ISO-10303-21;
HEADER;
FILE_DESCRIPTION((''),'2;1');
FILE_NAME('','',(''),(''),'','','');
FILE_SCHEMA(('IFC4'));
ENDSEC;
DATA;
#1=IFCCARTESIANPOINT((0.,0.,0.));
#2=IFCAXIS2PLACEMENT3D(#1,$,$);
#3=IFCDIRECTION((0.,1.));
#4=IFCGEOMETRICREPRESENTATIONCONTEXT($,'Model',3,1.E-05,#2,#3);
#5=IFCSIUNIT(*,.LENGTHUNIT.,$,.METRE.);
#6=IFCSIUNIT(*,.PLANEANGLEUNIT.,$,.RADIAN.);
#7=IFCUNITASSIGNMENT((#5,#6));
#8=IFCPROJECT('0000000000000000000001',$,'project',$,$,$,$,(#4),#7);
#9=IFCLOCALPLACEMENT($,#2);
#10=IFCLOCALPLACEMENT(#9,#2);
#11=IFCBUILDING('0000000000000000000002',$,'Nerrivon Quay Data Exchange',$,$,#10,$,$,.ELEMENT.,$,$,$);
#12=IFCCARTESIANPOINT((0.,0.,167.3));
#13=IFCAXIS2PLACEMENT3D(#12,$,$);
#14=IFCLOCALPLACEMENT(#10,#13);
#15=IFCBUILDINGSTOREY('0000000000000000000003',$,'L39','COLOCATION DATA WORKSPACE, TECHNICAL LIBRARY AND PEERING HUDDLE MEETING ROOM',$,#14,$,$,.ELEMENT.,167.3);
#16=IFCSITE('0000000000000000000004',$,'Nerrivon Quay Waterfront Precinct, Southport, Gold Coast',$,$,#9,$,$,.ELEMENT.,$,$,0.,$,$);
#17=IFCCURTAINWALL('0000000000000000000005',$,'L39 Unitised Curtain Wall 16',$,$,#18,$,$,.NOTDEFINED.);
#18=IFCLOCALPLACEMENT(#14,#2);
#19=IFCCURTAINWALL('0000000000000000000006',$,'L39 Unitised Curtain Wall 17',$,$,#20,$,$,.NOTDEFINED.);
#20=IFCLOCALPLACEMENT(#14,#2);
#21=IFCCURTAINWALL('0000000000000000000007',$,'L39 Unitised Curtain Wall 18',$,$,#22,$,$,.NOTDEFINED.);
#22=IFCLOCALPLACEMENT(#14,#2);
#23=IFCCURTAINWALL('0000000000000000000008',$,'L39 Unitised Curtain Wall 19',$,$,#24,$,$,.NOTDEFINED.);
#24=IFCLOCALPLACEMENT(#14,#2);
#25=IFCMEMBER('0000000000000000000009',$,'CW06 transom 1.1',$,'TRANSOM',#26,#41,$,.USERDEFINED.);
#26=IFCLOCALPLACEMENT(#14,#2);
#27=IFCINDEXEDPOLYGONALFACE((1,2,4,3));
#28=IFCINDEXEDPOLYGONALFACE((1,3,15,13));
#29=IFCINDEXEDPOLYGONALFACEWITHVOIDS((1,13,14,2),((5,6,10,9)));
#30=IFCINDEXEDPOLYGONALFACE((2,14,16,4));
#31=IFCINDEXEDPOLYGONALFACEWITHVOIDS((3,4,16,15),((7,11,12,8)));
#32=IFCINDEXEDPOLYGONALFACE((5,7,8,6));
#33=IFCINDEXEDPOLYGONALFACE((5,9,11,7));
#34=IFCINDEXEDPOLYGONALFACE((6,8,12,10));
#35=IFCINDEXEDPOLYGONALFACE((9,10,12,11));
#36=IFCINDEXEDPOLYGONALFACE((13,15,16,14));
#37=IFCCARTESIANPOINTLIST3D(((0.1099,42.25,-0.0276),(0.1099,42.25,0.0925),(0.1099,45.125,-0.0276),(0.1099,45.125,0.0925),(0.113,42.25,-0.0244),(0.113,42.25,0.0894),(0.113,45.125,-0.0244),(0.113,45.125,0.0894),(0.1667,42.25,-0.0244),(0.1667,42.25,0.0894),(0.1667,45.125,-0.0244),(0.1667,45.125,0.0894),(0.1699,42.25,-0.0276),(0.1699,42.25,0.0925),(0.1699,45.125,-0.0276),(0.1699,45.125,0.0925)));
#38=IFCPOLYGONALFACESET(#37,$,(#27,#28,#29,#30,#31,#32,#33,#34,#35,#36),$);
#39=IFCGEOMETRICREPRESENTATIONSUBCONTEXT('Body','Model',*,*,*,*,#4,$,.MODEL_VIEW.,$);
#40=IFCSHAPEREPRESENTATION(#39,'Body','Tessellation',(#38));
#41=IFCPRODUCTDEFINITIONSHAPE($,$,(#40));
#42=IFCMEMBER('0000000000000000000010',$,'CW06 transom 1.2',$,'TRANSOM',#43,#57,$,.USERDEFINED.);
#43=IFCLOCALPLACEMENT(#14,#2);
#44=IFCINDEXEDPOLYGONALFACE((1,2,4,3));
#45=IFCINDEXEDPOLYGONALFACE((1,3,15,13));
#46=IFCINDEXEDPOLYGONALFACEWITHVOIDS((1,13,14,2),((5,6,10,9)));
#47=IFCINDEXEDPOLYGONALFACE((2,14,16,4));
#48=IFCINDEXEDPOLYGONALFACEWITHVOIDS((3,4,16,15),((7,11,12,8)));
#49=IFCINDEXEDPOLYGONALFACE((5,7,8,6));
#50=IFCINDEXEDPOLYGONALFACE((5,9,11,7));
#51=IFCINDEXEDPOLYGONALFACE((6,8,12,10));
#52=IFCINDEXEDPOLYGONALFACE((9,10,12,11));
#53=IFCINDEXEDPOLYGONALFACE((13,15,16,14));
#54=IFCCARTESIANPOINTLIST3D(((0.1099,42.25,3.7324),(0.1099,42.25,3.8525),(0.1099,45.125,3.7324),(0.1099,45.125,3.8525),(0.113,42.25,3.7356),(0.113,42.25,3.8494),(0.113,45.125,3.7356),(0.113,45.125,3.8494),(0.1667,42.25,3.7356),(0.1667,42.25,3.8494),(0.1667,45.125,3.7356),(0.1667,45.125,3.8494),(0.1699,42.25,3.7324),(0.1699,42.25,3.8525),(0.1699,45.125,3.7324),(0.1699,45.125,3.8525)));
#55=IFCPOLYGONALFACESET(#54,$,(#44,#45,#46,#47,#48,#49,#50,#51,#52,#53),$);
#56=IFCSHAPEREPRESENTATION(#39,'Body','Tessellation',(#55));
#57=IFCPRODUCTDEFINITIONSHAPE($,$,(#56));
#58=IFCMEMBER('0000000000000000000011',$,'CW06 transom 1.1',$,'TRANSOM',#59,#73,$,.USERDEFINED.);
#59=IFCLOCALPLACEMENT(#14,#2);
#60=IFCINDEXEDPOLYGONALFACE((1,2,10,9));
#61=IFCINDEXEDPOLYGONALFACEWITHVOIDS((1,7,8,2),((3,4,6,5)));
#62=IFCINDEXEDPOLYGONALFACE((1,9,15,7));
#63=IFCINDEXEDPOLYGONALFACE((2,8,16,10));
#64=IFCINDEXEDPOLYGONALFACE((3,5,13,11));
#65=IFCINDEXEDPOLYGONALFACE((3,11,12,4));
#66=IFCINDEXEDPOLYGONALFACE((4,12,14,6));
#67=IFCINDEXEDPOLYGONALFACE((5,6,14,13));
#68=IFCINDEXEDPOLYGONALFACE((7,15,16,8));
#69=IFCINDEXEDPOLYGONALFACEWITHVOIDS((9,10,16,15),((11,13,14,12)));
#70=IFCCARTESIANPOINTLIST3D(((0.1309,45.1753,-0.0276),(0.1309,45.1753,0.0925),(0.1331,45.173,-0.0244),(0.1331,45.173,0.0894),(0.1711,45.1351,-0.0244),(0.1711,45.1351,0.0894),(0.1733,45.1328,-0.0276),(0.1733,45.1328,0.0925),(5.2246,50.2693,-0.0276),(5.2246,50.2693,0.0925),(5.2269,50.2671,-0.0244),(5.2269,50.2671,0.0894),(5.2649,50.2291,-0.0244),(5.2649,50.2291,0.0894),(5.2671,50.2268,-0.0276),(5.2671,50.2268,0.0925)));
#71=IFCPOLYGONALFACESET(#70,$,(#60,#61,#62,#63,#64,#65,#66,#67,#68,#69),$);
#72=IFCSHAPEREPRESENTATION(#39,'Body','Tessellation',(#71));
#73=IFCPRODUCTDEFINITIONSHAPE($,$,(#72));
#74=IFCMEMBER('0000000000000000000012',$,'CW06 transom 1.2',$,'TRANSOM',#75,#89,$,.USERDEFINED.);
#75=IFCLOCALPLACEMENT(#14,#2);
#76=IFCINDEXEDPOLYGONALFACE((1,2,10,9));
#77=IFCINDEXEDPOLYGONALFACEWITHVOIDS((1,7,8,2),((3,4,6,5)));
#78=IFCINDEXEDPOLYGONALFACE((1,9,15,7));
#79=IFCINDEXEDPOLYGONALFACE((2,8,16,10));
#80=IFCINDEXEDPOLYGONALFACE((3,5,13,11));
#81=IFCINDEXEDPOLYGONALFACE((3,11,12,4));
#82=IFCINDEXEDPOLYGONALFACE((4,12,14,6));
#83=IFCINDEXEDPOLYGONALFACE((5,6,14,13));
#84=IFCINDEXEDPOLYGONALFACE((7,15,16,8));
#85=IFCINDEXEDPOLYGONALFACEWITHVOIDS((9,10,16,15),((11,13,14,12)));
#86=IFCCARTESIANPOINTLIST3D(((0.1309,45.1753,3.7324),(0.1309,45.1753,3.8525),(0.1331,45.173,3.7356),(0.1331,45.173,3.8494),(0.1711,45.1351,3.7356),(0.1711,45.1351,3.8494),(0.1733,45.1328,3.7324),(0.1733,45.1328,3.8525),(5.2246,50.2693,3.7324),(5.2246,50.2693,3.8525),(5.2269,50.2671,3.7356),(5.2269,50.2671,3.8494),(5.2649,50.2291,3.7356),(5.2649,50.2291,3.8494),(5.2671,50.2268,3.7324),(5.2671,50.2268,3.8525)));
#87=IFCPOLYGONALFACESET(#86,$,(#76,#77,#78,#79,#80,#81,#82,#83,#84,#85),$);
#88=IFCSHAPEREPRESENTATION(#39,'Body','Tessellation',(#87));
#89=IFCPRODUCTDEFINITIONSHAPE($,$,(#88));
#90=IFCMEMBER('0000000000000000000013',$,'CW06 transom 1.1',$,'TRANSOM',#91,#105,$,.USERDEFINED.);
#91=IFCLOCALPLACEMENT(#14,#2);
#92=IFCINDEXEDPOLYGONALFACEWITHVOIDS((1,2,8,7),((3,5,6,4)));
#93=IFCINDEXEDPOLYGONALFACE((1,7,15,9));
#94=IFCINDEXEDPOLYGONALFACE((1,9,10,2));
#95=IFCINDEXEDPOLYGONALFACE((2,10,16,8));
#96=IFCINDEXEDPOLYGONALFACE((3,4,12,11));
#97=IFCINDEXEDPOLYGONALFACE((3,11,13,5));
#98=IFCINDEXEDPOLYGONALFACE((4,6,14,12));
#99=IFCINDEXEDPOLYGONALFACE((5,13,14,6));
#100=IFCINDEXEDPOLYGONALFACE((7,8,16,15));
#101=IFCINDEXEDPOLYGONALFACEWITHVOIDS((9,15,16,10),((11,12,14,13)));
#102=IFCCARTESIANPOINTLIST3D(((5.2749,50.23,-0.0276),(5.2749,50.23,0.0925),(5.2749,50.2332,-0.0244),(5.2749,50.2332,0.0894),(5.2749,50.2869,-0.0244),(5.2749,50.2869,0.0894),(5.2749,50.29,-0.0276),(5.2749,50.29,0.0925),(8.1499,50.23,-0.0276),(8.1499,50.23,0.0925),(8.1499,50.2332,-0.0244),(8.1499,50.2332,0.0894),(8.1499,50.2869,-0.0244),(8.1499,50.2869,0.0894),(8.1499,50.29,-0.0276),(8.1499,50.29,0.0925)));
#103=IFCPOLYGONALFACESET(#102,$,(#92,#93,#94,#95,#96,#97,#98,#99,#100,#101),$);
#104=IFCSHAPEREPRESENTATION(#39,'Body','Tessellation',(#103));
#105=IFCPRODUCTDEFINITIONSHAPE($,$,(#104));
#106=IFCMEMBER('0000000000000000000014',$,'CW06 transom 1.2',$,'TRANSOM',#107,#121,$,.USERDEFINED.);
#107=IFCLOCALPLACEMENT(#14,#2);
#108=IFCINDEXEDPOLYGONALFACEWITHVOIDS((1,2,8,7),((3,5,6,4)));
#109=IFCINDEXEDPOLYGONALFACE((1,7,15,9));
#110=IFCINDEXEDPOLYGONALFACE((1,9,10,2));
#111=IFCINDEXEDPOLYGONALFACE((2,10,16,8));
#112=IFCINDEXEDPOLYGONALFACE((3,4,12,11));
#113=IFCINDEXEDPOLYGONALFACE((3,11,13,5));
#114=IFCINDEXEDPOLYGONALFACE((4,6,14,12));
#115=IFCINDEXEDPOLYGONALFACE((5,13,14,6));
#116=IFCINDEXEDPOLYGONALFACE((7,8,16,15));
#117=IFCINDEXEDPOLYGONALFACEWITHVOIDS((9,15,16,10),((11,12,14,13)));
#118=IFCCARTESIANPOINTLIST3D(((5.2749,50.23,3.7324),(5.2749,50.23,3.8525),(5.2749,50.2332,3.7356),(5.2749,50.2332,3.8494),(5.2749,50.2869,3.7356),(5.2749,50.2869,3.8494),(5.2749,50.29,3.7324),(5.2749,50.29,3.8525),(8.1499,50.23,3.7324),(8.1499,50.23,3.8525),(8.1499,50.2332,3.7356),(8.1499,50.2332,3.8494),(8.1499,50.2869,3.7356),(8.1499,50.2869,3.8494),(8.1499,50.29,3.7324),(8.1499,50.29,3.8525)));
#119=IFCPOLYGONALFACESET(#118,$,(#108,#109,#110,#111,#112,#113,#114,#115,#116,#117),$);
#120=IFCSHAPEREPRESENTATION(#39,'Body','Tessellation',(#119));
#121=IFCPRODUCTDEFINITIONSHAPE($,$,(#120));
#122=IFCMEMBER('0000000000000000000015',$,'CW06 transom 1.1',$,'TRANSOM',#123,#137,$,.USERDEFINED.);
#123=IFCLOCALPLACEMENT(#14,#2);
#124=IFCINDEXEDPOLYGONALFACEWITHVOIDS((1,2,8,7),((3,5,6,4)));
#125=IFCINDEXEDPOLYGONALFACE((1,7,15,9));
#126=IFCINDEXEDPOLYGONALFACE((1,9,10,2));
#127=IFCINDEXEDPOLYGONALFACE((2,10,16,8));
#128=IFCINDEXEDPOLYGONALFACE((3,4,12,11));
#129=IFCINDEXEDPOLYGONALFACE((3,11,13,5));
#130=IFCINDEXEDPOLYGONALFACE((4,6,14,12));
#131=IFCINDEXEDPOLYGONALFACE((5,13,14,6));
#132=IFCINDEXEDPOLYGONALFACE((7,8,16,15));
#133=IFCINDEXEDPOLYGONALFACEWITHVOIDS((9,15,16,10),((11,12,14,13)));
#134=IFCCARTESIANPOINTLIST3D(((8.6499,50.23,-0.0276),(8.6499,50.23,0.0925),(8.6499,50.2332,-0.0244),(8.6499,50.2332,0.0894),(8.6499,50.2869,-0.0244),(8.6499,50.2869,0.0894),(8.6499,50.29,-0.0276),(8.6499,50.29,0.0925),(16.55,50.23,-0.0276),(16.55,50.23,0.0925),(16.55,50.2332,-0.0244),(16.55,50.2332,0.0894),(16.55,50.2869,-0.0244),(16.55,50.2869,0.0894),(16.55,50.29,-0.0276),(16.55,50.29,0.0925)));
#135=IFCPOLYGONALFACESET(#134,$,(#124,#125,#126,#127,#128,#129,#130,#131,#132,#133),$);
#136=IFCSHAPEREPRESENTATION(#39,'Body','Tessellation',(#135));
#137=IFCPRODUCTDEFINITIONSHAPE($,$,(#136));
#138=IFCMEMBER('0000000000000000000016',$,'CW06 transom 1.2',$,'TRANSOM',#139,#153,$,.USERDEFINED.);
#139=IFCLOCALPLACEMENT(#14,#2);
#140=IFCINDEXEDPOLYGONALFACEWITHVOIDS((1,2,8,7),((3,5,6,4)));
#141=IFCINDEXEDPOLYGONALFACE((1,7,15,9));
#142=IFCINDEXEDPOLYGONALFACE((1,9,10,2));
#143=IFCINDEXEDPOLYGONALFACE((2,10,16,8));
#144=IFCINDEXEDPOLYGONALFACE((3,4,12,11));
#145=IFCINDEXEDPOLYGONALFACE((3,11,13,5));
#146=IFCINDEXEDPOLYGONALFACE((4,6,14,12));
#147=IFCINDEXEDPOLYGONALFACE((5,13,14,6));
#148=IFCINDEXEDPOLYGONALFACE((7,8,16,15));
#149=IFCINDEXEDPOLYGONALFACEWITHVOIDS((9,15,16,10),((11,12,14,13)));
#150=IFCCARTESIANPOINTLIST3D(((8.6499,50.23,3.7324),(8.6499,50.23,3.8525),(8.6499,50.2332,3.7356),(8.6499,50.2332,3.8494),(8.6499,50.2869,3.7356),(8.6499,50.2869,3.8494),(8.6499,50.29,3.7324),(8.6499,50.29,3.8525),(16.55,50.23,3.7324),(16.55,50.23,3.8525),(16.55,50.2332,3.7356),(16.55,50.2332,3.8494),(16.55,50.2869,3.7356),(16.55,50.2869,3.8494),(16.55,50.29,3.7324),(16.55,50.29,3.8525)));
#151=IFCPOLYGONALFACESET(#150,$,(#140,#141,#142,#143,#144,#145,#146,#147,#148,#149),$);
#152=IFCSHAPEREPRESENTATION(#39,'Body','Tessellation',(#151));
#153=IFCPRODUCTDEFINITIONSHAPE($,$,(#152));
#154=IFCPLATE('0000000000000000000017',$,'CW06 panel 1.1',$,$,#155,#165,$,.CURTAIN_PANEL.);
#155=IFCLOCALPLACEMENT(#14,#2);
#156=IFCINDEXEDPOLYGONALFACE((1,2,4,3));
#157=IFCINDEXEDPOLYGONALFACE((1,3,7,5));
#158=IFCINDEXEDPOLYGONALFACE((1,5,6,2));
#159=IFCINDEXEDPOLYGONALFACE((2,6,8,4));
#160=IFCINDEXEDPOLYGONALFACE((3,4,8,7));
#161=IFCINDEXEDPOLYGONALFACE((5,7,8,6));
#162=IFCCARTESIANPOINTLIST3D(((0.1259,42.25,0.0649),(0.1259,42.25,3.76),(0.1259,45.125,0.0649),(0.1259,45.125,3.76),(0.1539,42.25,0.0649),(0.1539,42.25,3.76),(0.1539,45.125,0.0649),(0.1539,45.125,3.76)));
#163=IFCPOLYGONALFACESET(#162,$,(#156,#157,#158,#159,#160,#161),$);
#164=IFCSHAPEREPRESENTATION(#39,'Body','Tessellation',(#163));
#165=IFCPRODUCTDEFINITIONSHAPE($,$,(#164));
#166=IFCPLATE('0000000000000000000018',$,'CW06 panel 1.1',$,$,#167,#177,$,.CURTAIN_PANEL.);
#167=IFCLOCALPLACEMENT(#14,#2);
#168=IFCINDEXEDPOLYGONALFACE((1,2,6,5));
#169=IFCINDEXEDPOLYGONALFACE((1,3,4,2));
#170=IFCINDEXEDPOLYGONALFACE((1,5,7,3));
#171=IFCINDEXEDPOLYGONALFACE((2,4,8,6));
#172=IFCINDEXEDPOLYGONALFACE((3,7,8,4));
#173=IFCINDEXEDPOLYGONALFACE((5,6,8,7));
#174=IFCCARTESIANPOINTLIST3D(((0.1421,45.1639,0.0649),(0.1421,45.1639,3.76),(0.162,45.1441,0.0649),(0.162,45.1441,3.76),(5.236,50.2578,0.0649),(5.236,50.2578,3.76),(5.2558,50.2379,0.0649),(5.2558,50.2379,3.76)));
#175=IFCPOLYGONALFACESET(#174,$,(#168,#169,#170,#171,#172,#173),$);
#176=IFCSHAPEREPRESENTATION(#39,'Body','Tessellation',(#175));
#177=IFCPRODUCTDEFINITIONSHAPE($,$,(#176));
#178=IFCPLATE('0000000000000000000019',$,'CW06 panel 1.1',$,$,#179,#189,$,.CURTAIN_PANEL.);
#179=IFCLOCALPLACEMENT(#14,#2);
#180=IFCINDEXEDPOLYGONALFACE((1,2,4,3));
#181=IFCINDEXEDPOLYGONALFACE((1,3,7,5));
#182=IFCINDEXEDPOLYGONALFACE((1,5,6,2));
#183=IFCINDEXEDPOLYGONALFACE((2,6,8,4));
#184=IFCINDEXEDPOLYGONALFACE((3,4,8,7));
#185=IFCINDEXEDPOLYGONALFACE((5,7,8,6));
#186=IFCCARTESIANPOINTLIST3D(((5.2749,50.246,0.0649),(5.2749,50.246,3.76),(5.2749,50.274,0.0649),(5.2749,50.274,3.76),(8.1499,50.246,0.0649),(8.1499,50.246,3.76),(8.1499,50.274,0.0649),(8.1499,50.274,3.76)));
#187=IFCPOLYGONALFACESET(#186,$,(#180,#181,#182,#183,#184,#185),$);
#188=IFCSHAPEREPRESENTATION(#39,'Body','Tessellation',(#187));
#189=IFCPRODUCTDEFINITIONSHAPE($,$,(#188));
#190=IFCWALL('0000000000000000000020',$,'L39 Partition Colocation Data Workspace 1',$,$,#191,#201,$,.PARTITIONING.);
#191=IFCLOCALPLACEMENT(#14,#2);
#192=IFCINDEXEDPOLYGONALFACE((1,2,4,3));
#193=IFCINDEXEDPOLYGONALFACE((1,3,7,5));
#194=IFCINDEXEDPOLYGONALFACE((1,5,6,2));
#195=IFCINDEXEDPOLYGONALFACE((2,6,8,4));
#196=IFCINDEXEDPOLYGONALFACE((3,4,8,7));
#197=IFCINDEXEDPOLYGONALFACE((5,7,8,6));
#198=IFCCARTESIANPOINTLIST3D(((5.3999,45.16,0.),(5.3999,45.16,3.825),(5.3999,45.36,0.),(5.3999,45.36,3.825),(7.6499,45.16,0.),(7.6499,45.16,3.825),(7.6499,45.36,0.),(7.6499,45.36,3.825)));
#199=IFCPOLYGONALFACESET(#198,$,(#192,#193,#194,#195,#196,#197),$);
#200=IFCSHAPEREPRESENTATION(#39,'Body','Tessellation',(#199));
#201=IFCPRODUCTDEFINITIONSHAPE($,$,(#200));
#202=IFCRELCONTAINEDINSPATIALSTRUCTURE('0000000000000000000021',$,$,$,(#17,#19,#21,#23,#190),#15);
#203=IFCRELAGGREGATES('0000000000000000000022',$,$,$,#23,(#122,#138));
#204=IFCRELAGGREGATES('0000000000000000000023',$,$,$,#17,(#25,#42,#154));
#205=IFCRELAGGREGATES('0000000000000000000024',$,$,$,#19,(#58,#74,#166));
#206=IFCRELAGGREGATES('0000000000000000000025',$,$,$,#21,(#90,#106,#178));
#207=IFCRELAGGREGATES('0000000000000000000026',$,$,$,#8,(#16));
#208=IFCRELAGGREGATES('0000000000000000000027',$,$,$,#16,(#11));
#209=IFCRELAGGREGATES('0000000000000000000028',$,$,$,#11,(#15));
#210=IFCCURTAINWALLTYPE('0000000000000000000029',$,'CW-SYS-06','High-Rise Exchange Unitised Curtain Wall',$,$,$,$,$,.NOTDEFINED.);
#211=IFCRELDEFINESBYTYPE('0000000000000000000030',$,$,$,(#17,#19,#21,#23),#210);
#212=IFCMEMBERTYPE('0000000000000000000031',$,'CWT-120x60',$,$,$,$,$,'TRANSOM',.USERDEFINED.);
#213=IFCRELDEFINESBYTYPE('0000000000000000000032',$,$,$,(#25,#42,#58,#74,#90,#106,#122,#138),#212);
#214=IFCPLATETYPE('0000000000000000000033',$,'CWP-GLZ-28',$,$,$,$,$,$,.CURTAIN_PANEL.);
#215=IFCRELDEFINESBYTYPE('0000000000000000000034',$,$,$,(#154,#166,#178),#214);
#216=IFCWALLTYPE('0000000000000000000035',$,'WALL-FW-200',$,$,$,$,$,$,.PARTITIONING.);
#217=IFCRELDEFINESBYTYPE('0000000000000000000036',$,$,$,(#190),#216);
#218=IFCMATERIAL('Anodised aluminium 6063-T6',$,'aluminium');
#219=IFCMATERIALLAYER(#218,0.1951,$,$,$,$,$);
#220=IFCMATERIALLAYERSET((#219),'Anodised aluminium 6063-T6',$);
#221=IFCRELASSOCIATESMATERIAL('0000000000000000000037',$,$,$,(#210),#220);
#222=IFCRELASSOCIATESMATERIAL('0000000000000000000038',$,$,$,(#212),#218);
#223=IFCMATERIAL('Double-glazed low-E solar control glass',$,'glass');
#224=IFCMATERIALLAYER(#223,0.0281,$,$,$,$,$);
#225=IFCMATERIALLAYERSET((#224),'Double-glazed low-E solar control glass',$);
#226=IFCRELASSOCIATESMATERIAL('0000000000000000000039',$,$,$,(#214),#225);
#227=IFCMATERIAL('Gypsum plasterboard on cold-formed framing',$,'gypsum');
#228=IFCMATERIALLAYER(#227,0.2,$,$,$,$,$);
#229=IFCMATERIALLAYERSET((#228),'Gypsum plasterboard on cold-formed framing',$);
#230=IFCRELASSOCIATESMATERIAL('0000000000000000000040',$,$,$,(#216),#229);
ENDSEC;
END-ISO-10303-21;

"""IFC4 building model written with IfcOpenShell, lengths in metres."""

from ifc_helpers import new_model, si_unit, direction, frame, frame_2d, origin, origin_2d, place, context, subcontext, project, spatial, rectangle, hollow_rectangle, extrude, material, layer, layer_set, material_profile, profile_set, type_object, element, aggregate, save


model = new_model("IFC4")

# Units and contexts
model_context = context("Model", 3, precision=1e-05, world=origin(), true_north=direction((0.0, 1.0)))
body_context = subcontext(model_context, "Body", "Model", "MODEL_VIEW")
ifc_project = project(units=[si_unit("LENGTHUNIT", "METRE"), si_unit("PLANEANGLEUNIT", "RADIAN")], contexts=[model_context])

# Site, building, storey
site_placement = place(None, origin())
site = spatial("IfcSite", under=ifc_project, at=site_placement, Name="Nerrivon Quay Waterfront Precinct, Southport, Gold Coast", CompositionType="ELEMENT", RefElevation=0.0)
building_placement = place(site_placement, origin())
building = spatial("IfcBuilding", under=site, at=building_placement, Name="Nerrivon Quay Data Exchange", CompositionType="ELEMENT")
storey_placement = place(building_placement, frame((0.0, 0.0, 167.3)))
storey = spatial("IfcBuildingStorey", under=building, at=storey_placement, Name="L39", Description="COLOCATION DATA WORKSPACE, TECHNICAL LIBRARY AND PEERING HUDDLE MEETING ROOM", CompositionType="ELEMENT", Elevation=167.3)

# Curtain walls
ifc_material_1 = material(Name="Anodised aluminium 6063-T6", Category="aluminium")
ifc_layer_1 = layer(ifc_material_1, 0.1951)
ifc_layer_set_1 = layer_set([ifc_layer_1], Name="Anodised aluminium 6063-T6")
curtain_wall_type = type_object("IfcCurtainWallType", Name="CW-SYS-06", Description="High-Rise Exchange Unitised Curtain Wall", PredefinedType="NOTDEFINED", material=ifc_layer_set_1)
curtain_wall_1_placement = place(storey_placement, origin())
curtain_wall_1 = element("IfcCurtainWall", 1, at=curtain_wall_1_placement, inside=storey, type_object=curtain_wall_type, Name="L39 Unitised Curtain Wall 16", PredefinedType="NOTDEFINED")
curtain_wall_2_placement = place(storey_placement, origin())
curtain_wall_2 = element("IfcCurtainWall", 2, at=curtain_wall_2_placement, inside=storey, type_object=curtain_wall_type, Name="L39 Unitised Curtain Wall 17", PredefinedType="NOTDEFINED")
curtain_wall_3_placement = place(storey_placement, origin())
curtain_wall_3 = element("IfcCurtainWall", 3, at=curtain_wall_3_placement, inside=storey, type_object=curtain_wall_type, Name="L39 Unitised Curtain Wall 18", PredefinedType="NOTDEFINED")

# Curtain wall
curtain_wall_4_placement = place(storey_placement, origin())
curtain_wall_4 = element("IfcCurtainWall", 4, at=curtain_wall_4_placement, inside=storey, type_object=curtain_wall_type, Name="L39 Unitised Curtain Wall 19", PredefinedType="NOTDEFINED")

# Members
ifc_material_profile_1 = material_profile(ifc_material_1, hollow_rectangle(XDim=0.0601, YDim=0.1201, WallThickness=0.0032, at=origin_2d()), Name="ALU-TRAN-120x60")
ifc_profile_set_1 = profile_set([ifc_material_profile_1], Name="Anodised aluminium 6063-T6")
member_type_1 = type_object("IfcMemberType", Name="CWT-120x60", ElementType="TRANSOM", PredefinedType="USERDEFINED", material=ifc_profile_set_1)
member_1_placement = place(storey_placement, frame((0.1399, 42.25, 0.0325), z_axis=(0.0, 1.0, 0.0), x_axis=(-1.0, 0.0, 0.0)))
member_1 = element("IfcMember", 5, at=member_1_placement, type_object=member_type_1, Name="CW06 transom 1.1", ObjectType="TRANSOM", PredefinedType="USERDEFINED", context=body_context, shape_type="SweptSolid", body=[
    extrude(hollow_rectangle(XDim=0.0601, YDim=0.1201, WallThickness=0.0032, at=origin_2d()), origin(), (0.0, 0.0, 1.0), 2.875),
])
member_2_placement = place(storey_placement, frame((0.1399, 42.25, 3.7925), z_axis=(0.0, 1.0, 0.0), x_axis=(-1.0, 0.0, 0.0)))
member_2 = element("IfcMember", 6, at=member_2_placement, type_object=member_type_1, Name="CW06 transom 1.2", ObjectType="TRANSOM", PredefinedType="USERDEFINED", context=body_context, shape_type="SweptSolid", body=[
    extrude(hollow_rectangle(XDim=0.0601, YDim=0.1201, WallThickness=0.0032, at=origin_2d()), origin(), (0.0, 0.0, 1.0), 2.875),
])
member_3_placement = place(storey_placement, frame((0.1521, 45.1541, 0.0325), z_axis=(0.70709, 0.707124, 0.0), x_axis=(-0.707124, 0.70709, 0.0)))
member_3 = element("IfcMember", 7, at=member_3_placement, type_object=member_type_1, Name="CW06 transom 1.1", ObjectType="TRANSOM", PredefinedType="USERDEFINED", context=body_context, shape_type="SweptSolid", body=[
    extrude(hollow_rectangle(XDim=0.0601, YDim=0.1201, WallThickness=0.0032, at=origin_2d()), origin(), (0.0, 0.0, 1.0), 7.2039),
])
member_4_placement = place(storey_placement, frame((0.1521, 45.1541, 3.7925), z_axis=(0.70709, 0.707124, 0.0), x_axis=(-0.707124, 0.70709, 0.0)))
member_4 = element("IfcMember", 8, at=member_4_placement, type_object=member_type_1, Name="CW06 transom 1.2", ObjectType="TRANSOM", PredefinedType="USERDEFINED", context=body_context, shape_type="SweptSolid", body=[
    extrude(hollow_rectangle(XDim=0.0601, YDim=0.1201, WallThickness=0.0032, at=origin_2d()), origin(), (0.0, 0.0, 1.0), 7.2039),
])
member_5_placement = place(storey_placement, frame((5.2749, 50.26, 0.0325), z_axis=(1.0, 0.0, 0.0), x_axis=(0.0, 1.0, 0.0)))
member_5 = element("IfcMember", 9, at=member_5_placement, type_object=member_type_1, Name="CW06 transom 1.1", ObjectType="TRANSOM", PredefinedType="USERDEFINED", context=body_context, shape_type="SweptSolid", body=[
    extrude(hollow_rectangle(XDim=0.0601, YDim=0.1201, WallThickness=0.0032, at=origin_2d()), origin(), (0.0, 0.0, 1.0), 2.875),
])
member_6_placement = place(storey_placement, frame((5.2749, 50.26, 3.7925), z_axis=(1.0, 0.0, 0.0), x_axis=(0.0, 1.0, 0.0)))
member_6 = element("IfcMember", 10, at=member_6_placement, type_object=member_type_1, Name="CW06 transom 1.2", ObjectType="TRANSOM", PredefinedType="USERDEFINED", context=body_context, shape_type="SweptSolid", body=[
    extrude(hollow_rectangle(XDim=0.0601, YDim=0.1201, WallThickness=0.0032, at=origin_2d()), origin(), (0.0, 0.0, 1.0), 2.875),
])
member_7_placement = place(storey_placement, frame((8.6499, 50.26, 0.0325), z_axis=(1.0, 0.0, 0.0), x_axis=(0.0, 1.0, 0.0)))
member_7 = element("IfcMember", 11, at=member_7_placement, type_object=member_type_1, Name="CW06 transom 1.1", ObjectType="TRANSOM", PredefinedType="USERDEFINED", context=body_context, shape_type="SweptSolid", body=[
    extrude(hollow_rectangle(XDim=0.0601, YDim=0.1201, WallThickness=0.0032, at=origin_2d()), origin(), (0.0, 0.0, 1.0), 7.9001),
])
member_8_placement = place(storey_placement, frame((8.6499, 50.26, 3.7925), z_axis=(1.0, 0.0, 0.0), x_axis=(0.0, 1.0, 0.0)))
member_8 = element("IfcMember", 12, at=member_8_placement, type_object=member_type_1, Name="CW06 transom 1.2", ObjectType="TRANSOM", PredefinedType="USERDEFINED", context=body_context, shape_type="SweptSolid", body=[
    extrude(hollow_rectangle(XDim=0.0601, YDim=0.1201, WallThickness=0.0032, at=origin_2d()), origin(), (0.0, 0.0, 1.0), 7.9001),
])
aggregate(curtain_wall_4, [member_7, member_8])

# Plates
ifc_material_2 = material(Name="Double-glazed low-E solar control glass", Category="glass")
ifc_layer_2 = layer(ifc_material_2, 0.0281)
ifc_layer_set_2 = layer_set([ifc_layer_2], Name="Double-glazed low-E solar control glass")
plate_type = type_object("IfcPlateType", Name="CWP-GLZ-28", PredefinedType="CURTAIN_PANEL", material=ifc_layer_set_2)
plate_1_placement = place(storey_placement, frame((0.1399, 43.6875, 0.0649), z_axis=(0.0, 0.0, 1.0), x_axis=(0.0, 1.0, 0.0)))
plate_1 = element("IfcPlate", 13, at=plate_1_placement, type_object=plate_type, Name="CW06 panel 1.1", PredefinedType="CURTAIN_PANEL", context=body_context, shape_type="SweptSolid", body=[
    extrude(rectangle(XDim=2.875, YDim=0.0281, at=origin_2d()), origin(), (0.0, 0.0, 1.0), 3.6951),
])
aggregate(curtain_wall_1, [member_1, member_2, plate_1])
plate_2_placement = place(storey_placement, frame((2.699, 47.7009, 0.0649), z_axis=(0.0, 0.0, 1.0), x_axis=(0.707107, 0.707107, 0.0)))
plate_2 = element("IfcPlate", 14, at=plate_2_placement, type_object=plate_type, Name="CW06 panel 1.1", PredefinedType="CURTAIN_PANEL", context=body_context, shape_type="SweptSolid", body=[
    extrude(rectangle(XDim=7.2039, YDim=0.0281, at=origin_2d()), origin(), (0.0, 0.0, 1.0), 3.6951),
])
aggregate(curtain_wall_2, [member_3, member_4, plate_2])
plate_3_placement = place(storey_placement, frame((6.7124, 50.26, 0.0649), z_axis=(0.0, 0.0, 1.0), x_axis=(1.0, 0.0, 0.0)))
plate_3 = element("IfcPlate", 15, at=plate_3_placement, type_object=plate_type, Name="CW06 panel 1.1", PredefinedType="CURTAIN_PANEL", context=body_context, shape_type="SweptSolid", body=[
    extrude(rectangle(XDim=2.875, YDim=0.0281, at=origin_2d()), origin(), (0.0, 0.0, 1.0), 3.6951),
])
aggregate(curtain_wall_3, [member_5, member_6, plate_3])

# Wall
ifc_material_3 = material(Name="Gypsum plasterboard on cold-formed framing", Category="gypsum")
ifc_layer_3 = layer(ifc_material_3, 0.2)
ifc_layer_set_3 = layer_set([ifc_layer_3], Name="Gypsum plasterboard on cold-formed framing")
wall_type = type_object("IfcWallType", Name="WALL-FW-200", PredefinedType="PARTITIONING", material=ifc_layer_set_3)
wall_1_placement = place(storey_placement, frame((5.3999, 45.26, 0.0), z_axis=(0.0, 0.0, 1.0), x_axis=(1.0, 0.0, 0.0)))
element("IfcWall", 16, at=wall_1_placement, inside=storey, type_object=wall_type, Name="L39 Partition Colocation Data Workspace 1", PredefinedType="PARTITIONING", context=body_context, shape_type="SweptSolid", body=[
    extrude(rectangle(XDim=2.25, YDim=0.2, at=frame_2d((1.125, 0.0))), origin(), (0.0, 0.0, 1.0), 3.825),
])

save(model, "model.ifc")
